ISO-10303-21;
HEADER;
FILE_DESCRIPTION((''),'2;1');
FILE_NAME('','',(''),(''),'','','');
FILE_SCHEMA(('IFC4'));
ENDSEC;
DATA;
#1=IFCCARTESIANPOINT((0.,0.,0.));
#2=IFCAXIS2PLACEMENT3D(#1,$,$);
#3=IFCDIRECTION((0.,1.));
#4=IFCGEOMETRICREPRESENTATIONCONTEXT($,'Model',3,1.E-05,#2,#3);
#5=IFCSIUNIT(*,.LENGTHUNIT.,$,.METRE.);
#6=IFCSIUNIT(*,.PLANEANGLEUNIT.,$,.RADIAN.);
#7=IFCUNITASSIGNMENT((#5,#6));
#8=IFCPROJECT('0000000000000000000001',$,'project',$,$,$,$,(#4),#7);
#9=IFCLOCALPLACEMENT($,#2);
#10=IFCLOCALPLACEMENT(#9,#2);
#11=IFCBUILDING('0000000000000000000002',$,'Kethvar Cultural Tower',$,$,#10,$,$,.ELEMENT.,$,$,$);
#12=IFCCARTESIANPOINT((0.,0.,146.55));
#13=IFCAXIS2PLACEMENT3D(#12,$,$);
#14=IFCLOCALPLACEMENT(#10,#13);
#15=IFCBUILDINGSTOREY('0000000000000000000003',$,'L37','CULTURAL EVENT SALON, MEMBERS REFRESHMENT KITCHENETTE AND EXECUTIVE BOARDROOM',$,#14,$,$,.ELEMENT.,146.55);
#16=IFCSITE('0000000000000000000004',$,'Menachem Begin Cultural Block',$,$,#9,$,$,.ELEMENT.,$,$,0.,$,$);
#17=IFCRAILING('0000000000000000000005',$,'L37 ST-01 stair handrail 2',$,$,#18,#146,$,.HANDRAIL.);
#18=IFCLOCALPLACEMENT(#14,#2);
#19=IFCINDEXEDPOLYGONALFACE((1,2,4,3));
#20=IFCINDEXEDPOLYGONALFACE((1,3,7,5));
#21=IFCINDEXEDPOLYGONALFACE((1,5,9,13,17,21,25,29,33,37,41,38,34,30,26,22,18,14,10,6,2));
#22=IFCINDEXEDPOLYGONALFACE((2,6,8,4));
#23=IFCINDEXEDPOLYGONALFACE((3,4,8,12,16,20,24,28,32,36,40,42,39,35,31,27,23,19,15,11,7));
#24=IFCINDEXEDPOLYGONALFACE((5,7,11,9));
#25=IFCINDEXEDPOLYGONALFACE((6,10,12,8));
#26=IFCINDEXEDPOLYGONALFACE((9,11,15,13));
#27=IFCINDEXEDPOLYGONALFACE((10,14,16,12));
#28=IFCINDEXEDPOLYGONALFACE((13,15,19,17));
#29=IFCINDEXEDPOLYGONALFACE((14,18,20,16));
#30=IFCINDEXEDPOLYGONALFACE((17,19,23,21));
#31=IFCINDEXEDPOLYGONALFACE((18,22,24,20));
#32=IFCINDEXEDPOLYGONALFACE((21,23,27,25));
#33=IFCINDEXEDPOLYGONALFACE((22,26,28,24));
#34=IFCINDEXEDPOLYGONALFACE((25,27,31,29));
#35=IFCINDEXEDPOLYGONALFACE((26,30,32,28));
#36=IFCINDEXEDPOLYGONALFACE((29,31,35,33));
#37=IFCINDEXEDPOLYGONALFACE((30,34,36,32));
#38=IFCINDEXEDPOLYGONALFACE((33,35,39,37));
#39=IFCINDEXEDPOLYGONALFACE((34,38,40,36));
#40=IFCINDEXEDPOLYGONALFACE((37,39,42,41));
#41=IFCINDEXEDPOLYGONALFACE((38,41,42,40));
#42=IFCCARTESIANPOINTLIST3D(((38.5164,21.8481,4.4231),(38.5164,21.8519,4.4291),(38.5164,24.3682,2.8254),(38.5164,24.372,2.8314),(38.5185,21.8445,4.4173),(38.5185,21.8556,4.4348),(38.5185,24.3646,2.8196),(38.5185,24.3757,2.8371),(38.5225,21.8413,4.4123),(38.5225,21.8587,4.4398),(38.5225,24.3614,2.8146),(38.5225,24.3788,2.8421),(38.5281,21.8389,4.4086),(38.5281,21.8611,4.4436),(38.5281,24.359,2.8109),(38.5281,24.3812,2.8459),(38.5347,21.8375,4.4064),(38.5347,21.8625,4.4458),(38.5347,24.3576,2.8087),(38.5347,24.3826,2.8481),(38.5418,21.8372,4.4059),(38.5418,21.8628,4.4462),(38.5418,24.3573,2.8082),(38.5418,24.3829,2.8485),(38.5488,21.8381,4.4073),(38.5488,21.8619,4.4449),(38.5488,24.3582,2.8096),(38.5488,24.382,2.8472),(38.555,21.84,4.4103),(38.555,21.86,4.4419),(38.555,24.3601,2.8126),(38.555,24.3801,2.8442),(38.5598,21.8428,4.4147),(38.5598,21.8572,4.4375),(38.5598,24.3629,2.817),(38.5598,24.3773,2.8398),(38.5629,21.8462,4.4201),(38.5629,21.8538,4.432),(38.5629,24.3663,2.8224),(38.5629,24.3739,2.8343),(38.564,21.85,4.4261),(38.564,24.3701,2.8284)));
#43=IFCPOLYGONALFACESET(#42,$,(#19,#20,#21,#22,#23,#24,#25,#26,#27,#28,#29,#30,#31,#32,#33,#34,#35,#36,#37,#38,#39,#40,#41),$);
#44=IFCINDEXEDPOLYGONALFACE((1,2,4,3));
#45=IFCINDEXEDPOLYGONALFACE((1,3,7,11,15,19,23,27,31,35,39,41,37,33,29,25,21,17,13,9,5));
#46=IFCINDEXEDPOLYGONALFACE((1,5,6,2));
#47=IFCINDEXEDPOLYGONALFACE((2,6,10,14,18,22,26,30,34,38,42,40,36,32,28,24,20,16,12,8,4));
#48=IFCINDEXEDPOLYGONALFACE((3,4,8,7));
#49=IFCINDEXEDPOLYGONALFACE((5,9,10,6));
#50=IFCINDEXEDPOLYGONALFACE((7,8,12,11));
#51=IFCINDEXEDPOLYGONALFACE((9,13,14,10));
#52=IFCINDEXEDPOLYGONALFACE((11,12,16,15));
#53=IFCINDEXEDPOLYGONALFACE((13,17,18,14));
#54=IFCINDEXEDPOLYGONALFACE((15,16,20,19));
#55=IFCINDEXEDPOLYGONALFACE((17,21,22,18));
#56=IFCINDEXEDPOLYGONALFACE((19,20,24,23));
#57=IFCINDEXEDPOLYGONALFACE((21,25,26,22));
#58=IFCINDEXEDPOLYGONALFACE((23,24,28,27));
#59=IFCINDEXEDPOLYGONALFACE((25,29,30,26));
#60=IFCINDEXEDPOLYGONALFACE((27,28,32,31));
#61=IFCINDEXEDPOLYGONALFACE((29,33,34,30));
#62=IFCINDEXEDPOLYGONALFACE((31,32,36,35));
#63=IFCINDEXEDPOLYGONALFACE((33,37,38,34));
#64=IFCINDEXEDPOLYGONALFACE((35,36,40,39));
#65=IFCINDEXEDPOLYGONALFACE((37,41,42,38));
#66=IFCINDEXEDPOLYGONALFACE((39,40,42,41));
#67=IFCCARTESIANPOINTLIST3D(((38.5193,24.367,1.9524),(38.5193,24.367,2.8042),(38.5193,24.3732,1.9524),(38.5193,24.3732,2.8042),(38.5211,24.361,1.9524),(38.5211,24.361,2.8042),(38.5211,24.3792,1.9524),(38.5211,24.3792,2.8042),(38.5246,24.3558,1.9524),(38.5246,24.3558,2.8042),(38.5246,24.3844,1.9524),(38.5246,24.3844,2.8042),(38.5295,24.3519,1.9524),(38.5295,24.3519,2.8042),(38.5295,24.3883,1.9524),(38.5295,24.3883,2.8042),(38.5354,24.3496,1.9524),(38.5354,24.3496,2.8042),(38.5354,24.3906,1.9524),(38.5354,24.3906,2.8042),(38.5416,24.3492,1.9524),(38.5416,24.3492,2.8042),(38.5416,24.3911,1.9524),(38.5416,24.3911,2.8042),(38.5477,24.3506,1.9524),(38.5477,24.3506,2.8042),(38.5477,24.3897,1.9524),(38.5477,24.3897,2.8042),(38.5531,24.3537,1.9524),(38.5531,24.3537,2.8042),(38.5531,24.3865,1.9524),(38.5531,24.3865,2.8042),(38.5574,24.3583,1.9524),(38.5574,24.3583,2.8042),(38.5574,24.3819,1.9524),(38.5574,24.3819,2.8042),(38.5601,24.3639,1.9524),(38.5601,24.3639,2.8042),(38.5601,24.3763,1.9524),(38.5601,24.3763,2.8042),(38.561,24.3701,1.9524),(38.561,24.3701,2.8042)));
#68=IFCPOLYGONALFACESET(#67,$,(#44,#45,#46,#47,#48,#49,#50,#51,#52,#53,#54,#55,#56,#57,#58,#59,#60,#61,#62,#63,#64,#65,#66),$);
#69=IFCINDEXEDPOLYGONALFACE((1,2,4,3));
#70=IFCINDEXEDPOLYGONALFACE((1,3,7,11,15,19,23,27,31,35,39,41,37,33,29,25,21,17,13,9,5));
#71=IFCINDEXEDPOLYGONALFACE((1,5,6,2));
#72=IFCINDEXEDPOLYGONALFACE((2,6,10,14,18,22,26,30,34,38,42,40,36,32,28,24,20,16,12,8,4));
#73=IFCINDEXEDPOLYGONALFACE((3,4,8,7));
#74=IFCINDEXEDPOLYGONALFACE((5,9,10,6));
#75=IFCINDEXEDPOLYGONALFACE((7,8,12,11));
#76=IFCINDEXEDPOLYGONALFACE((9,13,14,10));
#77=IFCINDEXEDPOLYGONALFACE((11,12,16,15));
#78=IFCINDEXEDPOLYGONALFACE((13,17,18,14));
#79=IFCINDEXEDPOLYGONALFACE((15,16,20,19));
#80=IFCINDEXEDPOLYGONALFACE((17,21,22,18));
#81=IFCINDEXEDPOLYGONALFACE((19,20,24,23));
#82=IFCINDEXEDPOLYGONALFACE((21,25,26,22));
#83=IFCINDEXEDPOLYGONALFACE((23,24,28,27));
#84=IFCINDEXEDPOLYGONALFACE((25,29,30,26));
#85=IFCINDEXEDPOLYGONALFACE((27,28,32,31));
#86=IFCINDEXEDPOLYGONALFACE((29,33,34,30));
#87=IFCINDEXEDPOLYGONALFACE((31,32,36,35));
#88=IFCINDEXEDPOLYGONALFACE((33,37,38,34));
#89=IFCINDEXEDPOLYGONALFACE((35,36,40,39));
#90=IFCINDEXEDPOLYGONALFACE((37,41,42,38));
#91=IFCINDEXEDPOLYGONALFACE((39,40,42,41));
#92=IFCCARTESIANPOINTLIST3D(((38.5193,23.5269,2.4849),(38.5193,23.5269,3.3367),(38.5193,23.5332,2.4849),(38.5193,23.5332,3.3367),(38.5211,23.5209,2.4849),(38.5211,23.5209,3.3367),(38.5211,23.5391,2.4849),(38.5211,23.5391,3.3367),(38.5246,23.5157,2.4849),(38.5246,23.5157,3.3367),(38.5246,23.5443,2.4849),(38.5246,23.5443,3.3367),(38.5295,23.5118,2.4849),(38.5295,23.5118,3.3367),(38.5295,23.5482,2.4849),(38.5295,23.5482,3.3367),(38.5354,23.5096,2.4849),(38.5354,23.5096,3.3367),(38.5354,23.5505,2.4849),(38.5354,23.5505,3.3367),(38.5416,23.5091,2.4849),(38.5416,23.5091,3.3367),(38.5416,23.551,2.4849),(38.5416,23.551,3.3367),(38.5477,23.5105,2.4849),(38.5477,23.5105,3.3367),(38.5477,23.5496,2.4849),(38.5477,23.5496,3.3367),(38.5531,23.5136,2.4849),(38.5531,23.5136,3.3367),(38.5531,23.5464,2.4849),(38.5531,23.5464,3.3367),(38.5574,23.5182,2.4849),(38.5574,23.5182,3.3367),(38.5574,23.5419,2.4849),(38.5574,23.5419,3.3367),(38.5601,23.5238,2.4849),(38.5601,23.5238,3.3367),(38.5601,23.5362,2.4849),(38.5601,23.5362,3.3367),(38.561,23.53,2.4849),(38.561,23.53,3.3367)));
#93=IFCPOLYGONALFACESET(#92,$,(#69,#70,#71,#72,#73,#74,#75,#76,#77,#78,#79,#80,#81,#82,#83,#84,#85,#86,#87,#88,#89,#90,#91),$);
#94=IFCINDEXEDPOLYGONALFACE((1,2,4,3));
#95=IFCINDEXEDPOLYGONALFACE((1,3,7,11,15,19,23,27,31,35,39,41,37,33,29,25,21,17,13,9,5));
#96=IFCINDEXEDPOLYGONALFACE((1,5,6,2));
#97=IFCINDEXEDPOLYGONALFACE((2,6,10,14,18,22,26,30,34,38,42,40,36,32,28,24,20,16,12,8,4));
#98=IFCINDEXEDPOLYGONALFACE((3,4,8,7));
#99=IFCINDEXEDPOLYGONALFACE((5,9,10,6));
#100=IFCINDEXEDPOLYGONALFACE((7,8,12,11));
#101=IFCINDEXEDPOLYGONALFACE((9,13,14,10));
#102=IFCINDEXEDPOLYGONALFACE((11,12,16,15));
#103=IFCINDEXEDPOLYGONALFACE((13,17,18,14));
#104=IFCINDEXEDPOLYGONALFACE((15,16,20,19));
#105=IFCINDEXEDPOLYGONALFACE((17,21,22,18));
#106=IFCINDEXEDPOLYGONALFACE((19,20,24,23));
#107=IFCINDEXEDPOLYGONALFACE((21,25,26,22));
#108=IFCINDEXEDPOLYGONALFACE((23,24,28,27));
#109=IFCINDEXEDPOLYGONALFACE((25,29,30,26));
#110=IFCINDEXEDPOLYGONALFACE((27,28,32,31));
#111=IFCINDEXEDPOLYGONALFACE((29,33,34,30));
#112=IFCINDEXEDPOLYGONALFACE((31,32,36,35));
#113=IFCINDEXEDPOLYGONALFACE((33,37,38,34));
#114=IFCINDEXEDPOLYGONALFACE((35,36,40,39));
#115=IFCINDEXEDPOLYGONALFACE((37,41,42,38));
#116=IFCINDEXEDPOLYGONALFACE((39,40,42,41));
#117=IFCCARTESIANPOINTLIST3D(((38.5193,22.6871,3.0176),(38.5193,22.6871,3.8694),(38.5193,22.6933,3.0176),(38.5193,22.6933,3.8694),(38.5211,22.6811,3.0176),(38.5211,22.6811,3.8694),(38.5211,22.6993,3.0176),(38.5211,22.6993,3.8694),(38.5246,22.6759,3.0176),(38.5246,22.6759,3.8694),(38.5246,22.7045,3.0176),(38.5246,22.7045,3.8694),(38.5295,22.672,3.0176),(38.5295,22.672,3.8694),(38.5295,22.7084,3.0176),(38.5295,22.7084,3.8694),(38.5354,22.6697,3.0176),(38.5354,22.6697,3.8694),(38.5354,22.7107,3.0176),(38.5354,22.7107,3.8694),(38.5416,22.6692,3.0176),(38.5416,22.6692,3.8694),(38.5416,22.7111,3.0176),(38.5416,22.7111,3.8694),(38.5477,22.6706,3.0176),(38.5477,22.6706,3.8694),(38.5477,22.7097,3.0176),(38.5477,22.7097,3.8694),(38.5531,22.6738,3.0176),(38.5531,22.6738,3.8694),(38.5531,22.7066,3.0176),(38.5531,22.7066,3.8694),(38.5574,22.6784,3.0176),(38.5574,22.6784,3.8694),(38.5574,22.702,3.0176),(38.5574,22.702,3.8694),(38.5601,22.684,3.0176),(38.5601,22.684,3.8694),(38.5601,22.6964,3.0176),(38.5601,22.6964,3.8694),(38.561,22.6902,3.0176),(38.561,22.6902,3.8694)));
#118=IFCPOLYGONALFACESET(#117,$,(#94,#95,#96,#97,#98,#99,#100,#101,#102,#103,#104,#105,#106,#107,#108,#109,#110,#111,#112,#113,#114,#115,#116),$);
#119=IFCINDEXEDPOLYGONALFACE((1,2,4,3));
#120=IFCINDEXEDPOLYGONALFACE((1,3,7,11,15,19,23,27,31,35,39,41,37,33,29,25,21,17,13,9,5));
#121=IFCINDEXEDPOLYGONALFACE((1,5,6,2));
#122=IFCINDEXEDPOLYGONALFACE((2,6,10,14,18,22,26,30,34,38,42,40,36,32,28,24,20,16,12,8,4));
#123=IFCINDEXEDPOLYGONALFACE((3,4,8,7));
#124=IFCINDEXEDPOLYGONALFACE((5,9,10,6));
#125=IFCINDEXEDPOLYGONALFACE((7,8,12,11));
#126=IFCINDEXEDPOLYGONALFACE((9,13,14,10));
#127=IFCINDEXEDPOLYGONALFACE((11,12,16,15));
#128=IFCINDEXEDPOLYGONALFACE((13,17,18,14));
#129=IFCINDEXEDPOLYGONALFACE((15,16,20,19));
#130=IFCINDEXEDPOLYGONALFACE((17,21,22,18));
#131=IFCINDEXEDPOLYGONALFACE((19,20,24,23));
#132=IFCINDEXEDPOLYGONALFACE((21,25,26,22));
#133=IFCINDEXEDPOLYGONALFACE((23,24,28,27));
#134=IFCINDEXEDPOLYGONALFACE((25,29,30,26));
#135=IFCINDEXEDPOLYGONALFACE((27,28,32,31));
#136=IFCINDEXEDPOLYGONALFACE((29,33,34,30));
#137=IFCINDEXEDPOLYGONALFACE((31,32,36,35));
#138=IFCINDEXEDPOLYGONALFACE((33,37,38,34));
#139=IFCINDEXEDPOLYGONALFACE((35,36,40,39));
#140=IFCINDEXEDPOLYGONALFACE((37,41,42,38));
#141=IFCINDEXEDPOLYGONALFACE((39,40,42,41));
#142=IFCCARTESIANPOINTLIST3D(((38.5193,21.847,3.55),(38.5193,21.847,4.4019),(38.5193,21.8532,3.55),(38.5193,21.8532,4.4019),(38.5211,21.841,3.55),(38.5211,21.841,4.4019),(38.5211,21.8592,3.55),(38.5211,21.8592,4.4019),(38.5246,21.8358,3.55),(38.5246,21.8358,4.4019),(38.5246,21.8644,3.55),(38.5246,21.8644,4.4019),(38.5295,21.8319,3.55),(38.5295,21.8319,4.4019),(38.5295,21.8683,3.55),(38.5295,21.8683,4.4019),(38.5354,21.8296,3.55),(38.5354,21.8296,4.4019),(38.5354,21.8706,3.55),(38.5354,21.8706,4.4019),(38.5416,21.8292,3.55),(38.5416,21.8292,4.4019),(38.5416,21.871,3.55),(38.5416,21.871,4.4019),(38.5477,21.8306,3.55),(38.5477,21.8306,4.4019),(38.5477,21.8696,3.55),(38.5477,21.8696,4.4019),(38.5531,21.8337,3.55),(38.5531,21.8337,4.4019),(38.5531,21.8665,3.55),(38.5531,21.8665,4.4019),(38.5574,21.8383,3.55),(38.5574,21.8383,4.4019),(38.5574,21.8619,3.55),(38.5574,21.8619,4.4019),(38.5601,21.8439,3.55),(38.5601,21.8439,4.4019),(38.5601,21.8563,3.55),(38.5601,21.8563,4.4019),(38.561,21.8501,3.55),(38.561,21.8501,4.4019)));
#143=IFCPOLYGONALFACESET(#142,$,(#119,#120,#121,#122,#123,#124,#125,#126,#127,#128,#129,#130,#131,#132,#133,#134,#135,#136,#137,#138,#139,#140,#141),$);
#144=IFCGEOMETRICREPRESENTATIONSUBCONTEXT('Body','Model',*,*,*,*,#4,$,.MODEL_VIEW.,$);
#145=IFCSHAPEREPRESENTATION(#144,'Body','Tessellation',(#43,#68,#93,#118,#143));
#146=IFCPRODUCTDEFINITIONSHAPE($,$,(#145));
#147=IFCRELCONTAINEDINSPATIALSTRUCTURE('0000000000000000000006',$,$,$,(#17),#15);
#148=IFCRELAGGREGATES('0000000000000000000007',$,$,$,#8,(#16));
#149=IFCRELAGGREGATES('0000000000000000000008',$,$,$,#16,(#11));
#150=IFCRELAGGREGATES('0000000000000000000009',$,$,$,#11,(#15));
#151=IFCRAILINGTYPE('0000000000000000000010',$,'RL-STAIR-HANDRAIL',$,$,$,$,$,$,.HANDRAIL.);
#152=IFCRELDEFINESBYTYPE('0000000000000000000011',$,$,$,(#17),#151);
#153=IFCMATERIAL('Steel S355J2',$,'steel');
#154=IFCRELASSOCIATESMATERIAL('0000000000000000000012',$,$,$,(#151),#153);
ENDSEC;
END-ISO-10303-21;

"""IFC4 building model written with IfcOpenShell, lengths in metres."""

from ifc_helpers import new_model, si_unit, direction, frame, origin, origin_2d, place, context, subcontext, project, spatial, circle, extrude, material, type_object, element, save


model = new_model("IFC4")

# Units and contexts
model_context = context("Model", 3, precision=1e-05, world=origin(), true_north=direction((0.0, 1.0)))
body_context = subcontext(model_context, "Body", "Model", "MODEL_VIEW")
ifc_project = project(units=[si_unit("LENGTHUNIT", "METRE"), si_unit("PLANEANGLEUNIT", "RADIAN")], contexts=[model_context])

# Site, building, storey
site_placement = place(None, origin())
site = spatial("IfcSite", under=ifc_project, at=site_placement, Name="Menachem Begin Cultural Block", CompositionType="ELEMENT", RefElevation=0.0)
building_placement = place(site_placement, origin())
building = spatial("IfcBuilding", under=site, at=building_placement, Name="Kethvar Cultural Tower", CompositionType="ELEMENT")
storey_placement = place(building_placement, frame((0.0, 0.0, 146.55)))
storey = spatial("IfcBuildingStorey", under=building, at=storey_placement, Name="L37", Description="CULTURAL EVENT SALON, MEMBERS REFRESHMENT KITCHENETTE AND EXECUTIVE BOARDROOM", CompositionType="ELEMENT", Elevation=146.55)

# Shared definitions
ifc_material_1 = material(Name="Steel S355J2", Category="steel")

# Railing
railing_type_1 = type_object("IfcRailingType", Name="RL-STAIR-HANDRAIL", PredefinedType="HANDRAIL", material=ifc_material_1)
railing_1_placement = place(storey_placement, frame((38.54, 24.3701, 1.9524)))
element("IfcRailing", 1, at=railing_1_placement, inside=storey, type_object=railing_type_1, Name="L37 ST-01 stair handrail 2", PredefinedType="HANDRAIL", context=body_context, shape_type="SweptSolid", body=[
    extrude(circle(Radius=0.0239, at=origin_2d()), frame((0.0, 0.0, 0.876), z_axis=(0.0, -0.84457, 0.535445), x_axis=(1.0, 0.0, 0.0)), (0.0, 0.0, 1.0), 2.9839),
    extrude(circle(Radius=0.021, at=origin_2d()), origin(), (0.0, 0.0, 1.0), 0.8518),
    extrude(circle(Radius=0.021, at=origin_2d()), frame((0.0, -0.8401, 0.5325)), (0.0, 0.0, 1.0), 0.8518),
    extrude(circle(Radius=0.021, at=origin_2d()), frame((0.0, -1.6799, 1.0652)), (0.0, 0.0, 1.0), 0.8518),
    extrude(circle(Radius=0.021, at=origin_2d()), frame((0.0, -2.52, 1.5977)), (0.0, 0.0, 1.0), 0.8518),
])

save(model, "model.ifc")
